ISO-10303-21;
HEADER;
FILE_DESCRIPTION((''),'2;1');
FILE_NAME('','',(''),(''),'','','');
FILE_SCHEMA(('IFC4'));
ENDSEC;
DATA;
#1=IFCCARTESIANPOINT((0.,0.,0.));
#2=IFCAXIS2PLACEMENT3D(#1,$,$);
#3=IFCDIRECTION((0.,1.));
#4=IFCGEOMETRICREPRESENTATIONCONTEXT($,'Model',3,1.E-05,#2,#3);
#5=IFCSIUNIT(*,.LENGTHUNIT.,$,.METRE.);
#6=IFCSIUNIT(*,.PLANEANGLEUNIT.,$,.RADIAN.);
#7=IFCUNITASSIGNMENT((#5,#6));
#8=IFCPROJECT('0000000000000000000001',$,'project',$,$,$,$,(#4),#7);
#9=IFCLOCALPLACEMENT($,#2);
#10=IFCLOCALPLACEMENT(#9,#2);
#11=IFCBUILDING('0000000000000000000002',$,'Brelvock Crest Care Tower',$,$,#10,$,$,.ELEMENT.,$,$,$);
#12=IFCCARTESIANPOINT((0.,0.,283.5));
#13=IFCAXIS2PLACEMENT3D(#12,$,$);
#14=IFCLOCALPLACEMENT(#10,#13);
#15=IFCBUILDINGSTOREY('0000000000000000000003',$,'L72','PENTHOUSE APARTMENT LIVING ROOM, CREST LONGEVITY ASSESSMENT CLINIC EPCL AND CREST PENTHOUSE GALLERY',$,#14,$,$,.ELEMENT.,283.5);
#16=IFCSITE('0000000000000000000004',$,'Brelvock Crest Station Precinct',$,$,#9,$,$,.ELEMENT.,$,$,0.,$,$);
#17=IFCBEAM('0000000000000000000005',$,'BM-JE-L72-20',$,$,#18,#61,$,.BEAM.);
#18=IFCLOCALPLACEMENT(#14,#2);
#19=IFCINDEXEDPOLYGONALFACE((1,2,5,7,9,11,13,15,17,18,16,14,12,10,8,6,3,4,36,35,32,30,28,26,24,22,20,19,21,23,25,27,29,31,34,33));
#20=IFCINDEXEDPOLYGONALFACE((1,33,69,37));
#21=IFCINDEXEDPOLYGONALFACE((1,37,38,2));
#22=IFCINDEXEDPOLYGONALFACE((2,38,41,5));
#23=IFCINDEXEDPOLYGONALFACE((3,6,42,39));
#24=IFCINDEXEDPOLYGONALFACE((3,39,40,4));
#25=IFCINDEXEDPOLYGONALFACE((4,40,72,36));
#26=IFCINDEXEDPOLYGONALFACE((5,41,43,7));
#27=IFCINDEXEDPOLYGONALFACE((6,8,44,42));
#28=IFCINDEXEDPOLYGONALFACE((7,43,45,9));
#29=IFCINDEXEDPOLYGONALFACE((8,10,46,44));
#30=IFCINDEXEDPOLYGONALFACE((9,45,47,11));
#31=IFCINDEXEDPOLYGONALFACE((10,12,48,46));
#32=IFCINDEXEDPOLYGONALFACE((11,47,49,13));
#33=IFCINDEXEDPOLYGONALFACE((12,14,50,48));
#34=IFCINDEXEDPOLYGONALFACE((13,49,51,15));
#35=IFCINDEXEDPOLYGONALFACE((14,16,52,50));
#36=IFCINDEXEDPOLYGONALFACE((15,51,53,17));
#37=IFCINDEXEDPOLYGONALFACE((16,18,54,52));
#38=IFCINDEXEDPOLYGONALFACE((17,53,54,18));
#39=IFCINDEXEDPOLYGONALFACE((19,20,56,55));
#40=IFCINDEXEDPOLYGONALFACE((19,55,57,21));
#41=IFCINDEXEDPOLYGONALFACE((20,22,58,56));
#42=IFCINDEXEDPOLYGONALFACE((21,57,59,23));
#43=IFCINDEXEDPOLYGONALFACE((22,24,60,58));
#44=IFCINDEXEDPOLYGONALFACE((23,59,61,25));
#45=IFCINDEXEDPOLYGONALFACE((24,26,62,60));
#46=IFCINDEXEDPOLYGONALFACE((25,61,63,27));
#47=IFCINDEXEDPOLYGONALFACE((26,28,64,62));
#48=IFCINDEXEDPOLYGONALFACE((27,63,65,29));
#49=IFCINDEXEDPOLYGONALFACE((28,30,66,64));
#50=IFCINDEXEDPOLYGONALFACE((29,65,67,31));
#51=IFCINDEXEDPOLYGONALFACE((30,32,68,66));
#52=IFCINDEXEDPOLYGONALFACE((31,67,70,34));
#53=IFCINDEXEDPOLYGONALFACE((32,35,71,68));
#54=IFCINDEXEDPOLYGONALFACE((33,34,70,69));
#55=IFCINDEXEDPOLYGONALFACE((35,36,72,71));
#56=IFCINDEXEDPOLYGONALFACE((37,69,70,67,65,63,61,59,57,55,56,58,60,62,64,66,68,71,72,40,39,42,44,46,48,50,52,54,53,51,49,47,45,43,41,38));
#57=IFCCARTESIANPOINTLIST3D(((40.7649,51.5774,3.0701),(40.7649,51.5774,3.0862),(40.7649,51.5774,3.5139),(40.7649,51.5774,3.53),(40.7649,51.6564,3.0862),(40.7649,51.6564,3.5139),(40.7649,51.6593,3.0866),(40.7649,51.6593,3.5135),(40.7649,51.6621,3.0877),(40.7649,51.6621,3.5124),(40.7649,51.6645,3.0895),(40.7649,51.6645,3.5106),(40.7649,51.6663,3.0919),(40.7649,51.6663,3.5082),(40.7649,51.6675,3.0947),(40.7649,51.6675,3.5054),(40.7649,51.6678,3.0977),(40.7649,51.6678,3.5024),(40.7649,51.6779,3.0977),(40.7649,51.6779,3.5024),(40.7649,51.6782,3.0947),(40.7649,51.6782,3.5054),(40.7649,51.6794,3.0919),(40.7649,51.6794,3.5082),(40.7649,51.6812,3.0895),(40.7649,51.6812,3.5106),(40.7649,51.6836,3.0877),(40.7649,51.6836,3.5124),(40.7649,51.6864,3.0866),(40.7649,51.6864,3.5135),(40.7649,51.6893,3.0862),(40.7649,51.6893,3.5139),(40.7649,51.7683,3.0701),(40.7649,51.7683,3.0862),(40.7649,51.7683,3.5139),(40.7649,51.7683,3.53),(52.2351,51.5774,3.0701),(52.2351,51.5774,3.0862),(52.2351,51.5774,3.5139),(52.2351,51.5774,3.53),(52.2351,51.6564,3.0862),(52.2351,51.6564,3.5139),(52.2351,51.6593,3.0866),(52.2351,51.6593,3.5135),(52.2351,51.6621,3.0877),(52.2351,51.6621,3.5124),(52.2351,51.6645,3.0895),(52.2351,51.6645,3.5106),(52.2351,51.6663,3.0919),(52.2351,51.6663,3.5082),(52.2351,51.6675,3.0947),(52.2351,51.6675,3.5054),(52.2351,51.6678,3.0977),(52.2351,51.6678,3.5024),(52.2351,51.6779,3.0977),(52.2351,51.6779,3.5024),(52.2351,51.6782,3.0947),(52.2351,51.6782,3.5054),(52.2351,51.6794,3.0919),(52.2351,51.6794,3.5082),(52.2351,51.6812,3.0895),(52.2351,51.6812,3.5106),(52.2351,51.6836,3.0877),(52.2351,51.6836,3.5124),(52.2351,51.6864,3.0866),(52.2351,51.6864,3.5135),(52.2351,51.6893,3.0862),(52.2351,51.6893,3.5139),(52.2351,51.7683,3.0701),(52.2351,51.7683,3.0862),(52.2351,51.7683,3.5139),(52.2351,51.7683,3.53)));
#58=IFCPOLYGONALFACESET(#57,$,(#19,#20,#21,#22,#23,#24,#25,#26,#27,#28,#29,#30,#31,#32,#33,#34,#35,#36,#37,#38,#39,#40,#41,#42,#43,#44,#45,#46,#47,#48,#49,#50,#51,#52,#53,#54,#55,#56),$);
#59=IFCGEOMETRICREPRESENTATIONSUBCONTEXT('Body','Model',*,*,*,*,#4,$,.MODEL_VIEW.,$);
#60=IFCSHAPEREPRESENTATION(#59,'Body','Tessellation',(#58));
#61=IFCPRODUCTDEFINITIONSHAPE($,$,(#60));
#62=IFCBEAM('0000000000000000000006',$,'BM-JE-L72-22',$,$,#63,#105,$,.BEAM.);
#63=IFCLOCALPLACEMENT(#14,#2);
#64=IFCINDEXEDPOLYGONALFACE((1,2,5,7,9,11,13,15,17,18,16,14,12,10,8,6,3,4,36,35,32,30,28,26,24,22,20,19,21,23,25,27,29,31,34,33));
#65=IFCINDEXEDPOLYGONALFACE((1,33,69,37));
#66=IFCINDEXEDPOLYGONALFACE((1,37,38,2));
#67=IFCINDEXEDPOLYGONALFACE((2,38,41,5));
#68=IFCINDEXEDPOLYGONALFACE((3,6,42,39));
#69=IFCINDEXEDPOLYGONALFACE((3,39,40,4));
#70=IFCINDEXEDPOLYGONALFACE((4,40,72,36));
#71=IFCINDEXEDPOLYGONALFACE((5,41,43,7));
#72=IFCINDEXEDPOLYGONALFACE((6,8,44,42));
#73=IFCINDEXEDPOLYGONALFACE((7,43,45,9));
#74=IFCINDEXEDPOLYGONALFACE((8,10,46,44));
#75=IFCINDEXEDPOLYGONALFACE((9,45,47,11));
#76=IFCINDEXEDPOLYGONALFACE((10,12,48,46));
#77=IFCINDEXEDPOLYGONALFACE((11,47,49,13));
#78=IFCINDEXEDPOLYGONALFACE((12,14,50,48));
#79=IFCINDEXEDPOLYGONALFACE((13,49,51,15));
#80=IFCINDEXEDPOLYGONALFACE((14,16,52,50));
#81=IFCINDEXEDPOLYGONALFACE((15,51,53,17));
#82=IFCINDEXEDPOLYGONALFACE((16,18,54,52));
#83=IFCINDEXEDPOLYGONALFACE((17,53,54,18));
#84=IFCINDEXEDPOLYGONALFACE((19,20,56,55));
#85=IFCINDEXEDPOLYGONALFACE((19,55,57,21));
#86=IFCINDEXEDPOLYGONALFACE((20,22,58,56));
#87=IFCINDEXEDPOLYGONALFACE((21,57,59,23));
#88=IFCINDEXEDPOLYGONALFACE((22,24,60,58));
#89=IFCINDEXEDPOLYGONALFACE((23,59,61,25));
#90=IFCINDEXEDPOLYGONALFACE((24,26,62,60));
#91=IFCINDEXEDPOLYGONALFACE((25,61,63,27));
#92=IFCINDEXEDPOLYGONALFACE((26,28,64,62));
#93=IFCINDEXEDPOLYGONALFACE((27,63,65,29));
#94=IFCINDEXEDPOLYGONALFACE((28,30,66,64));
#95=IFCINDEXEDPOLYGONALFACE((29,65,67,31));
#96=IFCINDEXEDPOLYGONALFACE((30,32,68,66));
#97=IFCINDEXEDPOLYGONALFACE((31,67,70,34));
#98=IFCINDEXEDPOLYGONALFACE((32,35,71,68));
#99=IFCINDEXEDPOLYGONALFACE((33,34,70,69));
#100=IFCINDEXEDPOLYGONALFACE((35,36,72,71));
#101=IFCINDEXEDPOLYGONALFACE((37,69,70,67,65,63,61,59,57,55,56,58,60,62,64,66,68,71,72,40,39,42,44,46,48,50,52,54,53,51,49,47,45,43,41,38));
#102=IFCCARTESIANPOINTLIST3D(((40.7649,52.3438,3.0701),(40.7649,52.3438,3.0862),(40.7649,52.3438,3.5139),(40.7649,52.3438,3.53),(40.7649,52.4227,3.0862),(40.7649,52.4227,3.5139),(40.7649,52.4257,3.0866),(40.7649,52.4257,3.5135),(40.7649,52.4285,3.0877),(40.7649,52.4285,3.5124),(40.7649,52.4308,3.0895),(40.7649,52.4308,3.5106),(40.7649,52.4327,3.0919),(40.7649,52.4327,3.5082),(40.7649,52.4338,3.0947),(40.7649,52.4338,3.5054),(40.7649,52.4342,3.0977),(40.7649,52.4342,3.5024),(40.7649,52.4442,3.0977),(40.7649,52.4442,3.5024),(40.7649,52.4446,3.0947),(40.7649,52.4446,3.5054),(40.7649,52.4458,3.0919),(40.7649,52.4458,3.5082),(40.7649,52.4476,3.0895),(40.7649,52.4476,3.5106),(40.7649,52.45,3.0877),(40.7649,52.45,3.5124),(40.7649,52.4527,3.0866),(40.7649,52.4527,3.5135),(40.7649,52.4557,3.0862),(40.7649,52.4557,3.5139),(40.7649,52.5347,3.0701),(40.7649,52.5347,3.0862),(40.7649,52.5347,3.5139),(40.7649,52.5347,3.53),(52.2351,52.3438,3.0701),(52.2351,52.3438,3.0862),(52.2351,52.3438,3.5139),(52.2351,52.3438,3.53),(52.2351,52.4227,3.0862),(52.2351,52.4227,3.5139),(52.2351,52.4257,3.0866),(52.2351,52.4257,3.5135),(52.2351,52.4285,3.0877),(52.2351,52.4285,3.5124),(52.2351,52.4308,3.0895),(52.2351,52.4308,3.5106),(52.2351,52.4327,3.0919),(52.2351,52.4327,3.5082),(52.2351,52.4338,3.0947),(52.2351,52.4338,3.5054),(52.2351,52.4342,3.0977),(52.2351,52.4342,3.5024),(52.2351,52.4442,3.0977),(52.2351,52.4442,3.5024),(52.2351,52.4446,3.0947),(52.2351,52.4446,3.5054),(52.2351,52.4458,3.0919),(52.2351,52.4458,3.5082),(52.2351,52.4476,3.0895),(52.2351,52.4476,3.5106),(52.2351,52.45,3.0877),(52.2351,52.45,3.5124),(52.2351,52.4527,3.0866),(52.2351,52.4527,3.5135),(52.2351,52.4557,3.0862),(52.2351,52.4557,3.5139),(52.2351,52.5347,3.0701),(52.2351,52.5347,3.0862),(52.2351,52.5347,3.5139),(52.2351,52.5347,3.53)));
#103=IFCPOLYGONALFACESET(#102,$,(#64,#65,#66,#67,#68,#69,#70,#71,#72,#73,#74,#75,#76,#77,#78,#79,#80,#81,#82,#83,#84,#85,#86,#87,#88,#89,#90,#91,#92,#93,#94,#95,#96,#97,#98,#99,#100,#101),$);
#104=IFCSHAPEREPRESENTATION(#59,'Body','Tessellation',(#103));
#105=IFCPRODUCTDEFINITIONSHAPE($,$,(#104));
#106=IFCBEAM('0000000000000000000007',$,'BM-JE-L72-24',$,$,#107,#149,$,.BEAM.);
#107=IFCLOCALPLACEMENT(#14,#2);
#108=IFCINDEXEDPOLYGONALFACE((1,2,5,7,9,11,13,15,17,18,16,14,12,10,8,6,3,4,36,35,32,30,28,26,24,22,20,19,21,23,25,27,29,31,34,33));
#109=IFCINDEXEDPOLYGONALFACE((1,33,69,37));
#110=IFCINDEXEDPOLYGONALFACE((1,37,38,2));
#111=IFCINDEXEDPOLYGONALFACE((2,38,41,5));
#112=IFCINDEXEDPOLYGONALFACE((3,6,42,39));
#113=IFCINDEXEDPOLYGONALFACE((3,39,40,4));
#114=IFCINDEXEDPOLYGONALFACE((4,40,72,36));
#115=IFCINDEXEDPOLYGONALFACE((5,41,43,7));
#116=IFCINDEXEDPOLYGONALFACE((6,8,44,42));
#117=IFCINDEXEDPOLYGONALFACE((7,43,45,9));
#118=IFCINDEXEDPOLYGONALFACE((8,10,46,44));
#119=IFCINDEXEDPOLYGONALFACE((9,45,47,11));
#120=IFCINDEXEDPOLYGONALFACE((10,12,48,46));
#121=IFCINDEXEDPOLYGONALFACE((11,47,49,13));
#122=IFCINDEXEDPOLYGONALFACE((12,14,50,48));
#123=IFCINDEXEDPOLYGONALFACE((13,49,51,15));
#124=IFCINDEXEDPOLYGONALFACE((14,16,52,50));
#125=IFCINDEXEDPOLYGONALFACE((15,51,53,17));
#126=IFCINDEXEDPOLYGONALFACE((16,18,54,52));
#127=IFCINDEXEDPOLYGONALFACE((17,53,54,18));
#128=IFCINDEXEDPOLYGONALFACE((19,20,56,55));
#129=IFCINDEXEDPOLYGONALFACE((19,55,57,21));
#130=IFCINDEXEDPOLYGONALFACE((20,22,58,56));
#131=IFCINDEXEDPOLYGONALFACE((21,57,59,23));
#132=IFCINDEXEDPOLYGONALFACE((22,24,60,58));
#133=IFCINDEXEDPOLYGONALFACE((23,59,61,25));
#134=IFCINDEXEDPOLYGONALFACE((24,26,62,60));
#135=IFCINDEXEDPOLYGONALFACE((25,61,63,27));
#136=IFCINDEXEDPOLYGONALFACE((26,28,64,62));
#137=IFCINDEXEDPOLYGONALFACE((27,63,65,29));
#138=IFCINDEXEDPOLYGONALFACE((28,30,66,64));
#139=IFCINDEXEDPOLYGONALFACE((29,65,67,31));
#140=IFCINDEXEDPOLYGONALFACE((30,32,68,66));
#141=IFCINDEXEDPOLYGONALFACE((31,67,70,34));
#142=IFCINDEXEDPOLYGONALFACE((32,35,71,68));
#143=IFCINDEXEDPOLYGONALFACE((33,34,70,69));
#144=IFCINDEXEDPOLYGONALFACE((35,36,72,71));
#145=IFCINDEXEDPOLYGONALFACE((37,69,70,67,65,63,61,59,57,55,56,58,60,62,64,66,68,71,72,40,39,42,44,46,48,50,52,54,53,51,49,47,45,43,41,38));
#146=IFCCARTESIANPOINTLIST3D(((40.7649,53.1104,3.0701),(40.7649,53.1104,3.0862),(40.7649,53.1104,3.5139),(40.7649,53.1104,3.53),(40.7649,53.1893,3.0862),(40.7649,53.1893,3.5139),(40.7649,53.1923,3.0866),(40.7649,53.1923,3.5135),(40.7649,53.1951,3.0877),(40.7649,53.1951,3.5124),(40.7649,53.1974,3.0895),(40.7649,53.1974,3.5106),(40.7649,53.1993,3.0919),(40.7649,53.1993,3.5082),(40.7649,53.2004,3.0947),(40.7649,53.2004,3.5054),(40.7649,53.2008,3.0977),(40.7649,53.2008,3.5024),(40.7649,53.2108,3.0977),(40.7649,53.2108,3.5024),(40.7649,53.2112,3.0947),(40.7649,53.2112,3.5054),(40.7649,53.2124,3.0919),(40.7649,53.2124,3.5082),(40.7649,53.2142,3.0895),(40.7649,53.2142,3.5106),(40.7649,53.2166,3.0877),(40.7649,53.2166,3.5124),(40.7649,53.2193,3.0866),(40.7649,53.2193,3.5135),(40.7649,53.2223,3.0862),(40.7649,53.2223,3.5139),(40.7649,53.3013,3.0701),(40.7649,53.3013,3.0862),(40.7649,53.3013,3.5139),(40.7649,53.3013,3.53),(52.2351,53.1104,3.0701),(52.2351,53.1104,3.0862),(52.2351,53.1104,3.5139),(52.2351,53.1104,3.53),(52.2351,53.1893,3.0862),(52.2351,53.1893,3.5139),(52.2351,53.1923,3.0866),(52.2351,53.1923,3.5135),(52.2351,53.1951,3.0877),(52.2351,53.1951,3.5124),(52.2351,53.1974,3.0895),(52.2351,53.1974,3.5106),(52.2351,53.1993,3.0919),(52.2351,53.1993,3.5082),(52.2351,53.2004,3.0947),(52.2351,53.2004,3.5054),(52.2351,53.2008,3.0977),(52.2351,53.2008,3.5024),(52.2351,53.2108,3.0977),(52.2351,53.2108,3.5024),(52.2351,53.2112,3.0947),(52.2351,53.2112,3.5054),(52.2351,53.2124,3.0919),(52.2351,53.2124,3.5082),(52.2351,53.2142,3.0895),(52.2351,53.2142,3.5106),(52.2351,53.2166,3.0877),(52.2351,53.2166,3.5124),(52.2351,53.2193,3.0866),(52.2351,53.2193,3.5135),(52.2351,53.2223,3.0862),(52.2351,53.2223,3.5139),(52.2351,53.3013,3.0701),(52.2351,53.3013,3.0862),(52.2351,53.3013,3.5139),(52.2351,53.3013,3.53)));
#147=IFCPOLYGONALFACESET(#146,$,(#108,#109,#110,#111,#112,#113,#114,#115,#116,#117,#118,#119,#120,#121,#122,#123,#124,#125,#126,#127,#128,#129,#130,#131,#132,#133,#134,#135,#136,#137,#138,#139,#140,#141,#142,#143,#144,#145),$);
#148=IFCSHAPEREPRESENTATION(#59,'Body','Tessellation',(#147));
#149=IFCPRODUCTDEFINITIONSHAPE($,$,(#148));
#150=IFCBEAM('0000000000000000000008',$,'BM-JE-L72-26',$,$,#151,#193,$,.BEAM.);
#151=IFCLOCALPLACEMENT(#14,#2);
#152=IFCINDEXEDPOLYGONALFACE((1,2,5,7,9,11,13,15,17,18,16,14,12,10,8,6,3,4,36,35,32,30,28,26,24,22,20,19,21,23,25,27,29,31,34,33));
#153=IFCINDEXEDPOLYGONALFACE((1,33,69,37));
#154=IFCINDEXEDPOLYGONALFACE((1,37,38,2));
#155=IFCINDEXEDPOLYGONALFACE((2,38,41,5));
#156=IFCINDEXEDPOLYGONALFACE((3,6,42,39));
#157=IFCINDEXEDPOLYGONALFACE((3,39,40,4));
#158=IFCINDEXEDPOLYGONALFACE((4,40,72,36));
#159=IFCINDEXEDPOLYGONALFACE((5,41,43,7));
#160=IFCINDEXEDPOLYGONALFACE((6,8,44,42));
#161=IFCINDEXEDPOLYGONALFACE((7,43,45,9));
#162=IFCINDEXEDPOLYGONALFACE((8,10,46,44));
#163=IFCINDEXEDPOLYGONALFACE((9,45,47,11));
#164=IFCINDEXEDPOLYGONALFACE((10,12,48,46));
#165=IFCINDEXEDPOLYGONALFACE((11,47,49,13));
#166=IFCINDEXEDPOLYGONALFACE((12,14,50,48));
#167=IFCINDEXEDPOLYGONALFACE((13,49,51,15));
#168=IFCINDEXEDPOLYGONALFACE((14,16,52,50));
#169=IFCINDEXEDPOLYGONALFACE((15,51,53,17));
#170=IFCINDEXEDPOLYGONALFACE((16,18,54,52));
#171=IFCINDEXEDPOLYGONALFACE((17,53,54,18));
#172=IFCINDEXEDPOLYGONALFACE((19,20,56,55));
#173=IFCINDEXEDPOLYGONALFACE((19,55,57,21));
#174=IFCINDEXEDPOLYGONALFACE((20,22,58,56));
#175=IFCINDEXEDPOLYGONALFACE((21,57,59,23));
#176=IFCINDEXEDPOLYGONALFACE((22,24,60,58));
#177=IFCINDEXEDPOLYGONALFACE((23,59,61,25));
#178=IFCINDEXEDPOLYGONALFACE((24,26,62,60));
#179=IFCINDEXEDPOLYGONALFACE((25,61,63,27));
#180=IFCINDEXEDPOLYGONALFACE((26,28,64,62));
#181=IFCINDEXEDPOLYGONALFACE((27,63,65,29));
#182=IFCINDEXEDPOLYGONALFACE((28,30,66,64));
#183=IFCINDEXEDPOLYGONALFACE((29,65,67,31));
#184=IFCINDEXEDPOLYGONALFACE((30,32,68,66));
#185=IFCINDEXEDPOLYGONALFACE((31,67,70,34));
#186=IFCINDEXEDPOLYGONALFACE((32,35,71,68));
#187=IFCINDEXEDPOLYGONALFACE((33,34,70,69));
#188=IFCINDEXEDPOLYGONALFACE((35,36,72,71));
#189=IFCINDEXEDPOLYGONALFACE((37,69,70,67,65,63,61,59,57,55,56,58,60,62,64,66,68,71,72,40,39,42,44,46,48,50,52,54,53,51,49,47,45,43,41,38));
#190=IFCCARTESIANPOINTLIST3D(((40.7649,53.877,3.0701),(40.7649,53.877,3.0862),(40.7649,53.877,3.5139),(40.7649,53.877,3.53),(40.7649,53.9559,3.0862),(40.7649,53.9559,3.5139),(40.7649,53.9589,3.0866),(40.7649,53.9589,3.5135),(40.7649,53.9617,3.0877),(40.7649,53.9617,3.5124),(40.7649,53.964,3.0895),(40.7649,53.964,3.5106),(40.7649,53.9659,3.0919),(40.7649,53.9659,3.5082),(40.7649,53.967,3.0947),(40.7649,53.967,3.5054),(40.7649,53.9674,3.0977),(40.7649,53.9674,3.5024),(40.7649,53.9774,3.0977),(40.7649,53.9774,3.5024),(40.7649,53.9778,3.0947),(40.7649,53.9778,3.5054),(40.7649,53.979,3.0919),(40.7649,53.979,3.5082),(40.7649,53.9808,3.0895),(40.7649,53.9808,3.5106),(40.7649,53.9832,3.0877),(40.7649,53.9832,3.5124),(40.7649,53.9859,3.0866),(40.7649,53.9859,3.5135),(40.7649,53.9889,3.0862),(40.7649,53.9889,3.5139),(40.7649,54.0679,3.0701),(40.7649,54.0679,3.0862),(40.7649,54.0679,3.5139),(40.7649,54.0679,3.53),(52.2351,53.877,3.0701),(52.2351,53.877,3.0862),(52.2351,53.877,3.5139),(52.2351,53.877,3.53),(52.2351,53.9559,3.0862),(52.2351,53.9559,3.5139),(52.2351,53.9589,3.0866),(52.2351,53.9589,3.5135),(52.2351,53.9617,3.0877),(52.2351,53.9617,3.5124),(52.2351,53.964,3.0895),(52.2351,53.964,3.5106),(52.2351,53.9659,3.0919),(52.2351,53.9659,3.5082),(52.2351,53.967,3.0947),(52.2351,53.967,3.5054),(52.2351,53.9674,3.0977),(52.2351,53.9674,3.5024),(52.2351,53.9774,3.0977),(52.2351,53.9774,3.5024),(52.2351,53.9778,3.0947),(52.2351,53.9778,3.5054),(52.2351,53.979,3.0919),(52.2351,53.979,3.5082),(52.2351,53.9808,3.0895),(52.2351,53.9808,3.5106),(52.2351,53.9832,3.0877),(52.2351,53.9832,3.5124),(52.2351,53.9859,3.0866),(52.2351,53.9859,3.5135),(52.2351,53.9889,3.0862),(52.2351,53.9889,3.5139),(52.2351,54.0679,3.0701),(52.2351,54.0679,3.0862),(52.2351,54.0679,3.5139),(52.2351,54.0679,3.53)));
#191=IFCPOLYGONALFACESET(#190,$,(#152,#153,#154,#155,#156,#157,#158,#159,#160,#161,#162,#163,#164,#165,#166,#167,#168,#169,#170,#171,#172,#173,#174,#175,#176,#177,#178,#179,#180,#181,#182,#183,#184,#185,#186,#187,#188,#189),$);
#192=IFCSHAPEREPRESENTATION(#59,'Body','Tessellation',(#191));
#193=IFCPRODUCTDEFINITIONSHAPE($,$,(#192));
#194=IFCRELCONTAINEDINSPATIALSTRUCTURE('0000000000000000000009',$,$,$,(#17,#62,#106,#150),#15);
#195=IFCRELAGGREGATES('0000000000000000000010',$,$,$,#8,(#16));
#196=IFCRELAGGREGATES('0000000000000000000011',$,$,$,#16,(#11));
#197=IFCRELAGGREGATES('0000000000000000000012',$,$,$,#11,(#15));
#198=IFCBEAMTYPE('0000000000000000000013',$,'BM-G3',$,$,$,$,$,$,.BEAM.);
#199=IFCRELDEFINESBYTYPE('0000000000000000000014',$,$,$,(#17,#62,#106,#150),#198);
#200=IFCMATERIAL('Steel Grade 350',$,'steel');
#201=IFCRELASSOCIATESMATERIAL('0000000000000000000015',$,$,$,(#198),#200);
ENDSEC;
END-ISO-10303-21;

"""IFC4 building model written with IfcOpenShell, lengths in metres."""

from ifc_helpers import new_model, si_unit, direction, frame, origin, origin_2d, place, context, subcontext, project, spatial, i_section, extrude, source, transform, mapped, material, material_profile, profile_set, type_object, element, save


model = new_model("IFC4")

# Units and contexts
model_context = context("Model", 3, precision=1e-05, world=origin(), true_north=direction((0.0, 1.0)))
body_context = subcontext(model_context, "Body", "Model", "MODEL_VIEW")
ifc_project = project(units=[si_unit("LENGTHUNIT", "METRE"), si_unit("PLANEANGLEUNIT", "RADIAN")], contexts=[model_context])

# Site, building, storey
site_placement = place(None, origin())
site = spatial("IfcSite", under=ifc_project, at=site_placement, Name="Brelvock Crest Station Precinct", CompositionType="ELEMENT", RefElevation=0.0)
building_placement = place(site_placement, origin())
building = spatial("IfcBuilding", under=site, at=building_placement, Name="Brelvock Crest Care Tower", CompositionType="ELEMENT")
storey_placement = place(building_placement, frame((0.0, 0.0, 283.5)))
storey = spatial("IfcBuildingStorey", under=building, at=storey_placement, Name="L72", Description="PENTHOUSE APARTMENT LIVING ROOM, CREST LONGEVITY ASSESSMENT CLINIC EPCL AND CREST PENTHOUSE GALLERY", CompositionType="ELEMENT", Elevation=283.5)

# Shared definitions
ifc_material_1 = material(Name="Steel Grade 350", Category="steel")

# Beams
ifc_material_profile_1 = material_profile(ifc_material_1, i_section(OverallWidth=0.1909, OverallDepth=0.46, WebThickness=0.01, FlangeThickness=0.0161, FilletRadius=0.0115, at=origin_2d()), Name="460UB82.1")
ifc_profile_set_1 = profile_set([ifc_material_profile_1], Name="Steel Grade 350")
beam_type_1 = type_object("IfcBeamType", Name="BM-G3", PredefinedType="BEAM", material=ifc_profile_set_1)
shared_shape_1 = source(origin(), body_context, "Body", "SweptSolid", [
    extrude(i_section(OverallWidth=0.1909, OverallDepth=0.46, WebThickness=0.01, FlangeThickness=0.0161, FilletRadius=0.0115, at=origin_2d()), origin(), (0.0, 0.0, 1.0), 11.4702),
])
for number, where, z_axis, x_axis, name in (
    (1, (40.7649, 51.6729, 3.3), (1.0, 0.0, 0.0), (0.0, 1.0, 0.0), "BM-JE-L72-20"),
    (2, (40.7649, 52.4392, 3.3), (1.0, 0.0, 0.0), (0.0, 1.0, 0.0), "BM-JE-L72-22"),
    (3, (40.7649, 53.2058, 3.3), (1.0, 0.0, 0.0), (0.0, 1.0, 0.0), "BM-JE-L72-24"),
    (4, (40.7649, 53.9724, 3.3), (1.0, 0.0, 0.0), (0.0, 1.0, 0.0), "BM-JE-L72-26"),
):
    element("IfcBeam", number, at=place(storey_placement, frame(where, z_axis=z_axis, x_axis=x_axis)), inside=storey, type_object=beam_type_1, Name=name, PredefinedType="BEAM", context=body_context, shape_type="MappedRepresentation", body=[
        mapped(shared_shape_1, transform((0.0, 0.0, 0.0), x_axis=(1.0, 0.0, 0.0), y_axis=(0.0, 1.0, 0.0), z_axis=(0.0, 0.0, 1.0), scale=1.0)),
    ])

save(model, "model.ifc")
